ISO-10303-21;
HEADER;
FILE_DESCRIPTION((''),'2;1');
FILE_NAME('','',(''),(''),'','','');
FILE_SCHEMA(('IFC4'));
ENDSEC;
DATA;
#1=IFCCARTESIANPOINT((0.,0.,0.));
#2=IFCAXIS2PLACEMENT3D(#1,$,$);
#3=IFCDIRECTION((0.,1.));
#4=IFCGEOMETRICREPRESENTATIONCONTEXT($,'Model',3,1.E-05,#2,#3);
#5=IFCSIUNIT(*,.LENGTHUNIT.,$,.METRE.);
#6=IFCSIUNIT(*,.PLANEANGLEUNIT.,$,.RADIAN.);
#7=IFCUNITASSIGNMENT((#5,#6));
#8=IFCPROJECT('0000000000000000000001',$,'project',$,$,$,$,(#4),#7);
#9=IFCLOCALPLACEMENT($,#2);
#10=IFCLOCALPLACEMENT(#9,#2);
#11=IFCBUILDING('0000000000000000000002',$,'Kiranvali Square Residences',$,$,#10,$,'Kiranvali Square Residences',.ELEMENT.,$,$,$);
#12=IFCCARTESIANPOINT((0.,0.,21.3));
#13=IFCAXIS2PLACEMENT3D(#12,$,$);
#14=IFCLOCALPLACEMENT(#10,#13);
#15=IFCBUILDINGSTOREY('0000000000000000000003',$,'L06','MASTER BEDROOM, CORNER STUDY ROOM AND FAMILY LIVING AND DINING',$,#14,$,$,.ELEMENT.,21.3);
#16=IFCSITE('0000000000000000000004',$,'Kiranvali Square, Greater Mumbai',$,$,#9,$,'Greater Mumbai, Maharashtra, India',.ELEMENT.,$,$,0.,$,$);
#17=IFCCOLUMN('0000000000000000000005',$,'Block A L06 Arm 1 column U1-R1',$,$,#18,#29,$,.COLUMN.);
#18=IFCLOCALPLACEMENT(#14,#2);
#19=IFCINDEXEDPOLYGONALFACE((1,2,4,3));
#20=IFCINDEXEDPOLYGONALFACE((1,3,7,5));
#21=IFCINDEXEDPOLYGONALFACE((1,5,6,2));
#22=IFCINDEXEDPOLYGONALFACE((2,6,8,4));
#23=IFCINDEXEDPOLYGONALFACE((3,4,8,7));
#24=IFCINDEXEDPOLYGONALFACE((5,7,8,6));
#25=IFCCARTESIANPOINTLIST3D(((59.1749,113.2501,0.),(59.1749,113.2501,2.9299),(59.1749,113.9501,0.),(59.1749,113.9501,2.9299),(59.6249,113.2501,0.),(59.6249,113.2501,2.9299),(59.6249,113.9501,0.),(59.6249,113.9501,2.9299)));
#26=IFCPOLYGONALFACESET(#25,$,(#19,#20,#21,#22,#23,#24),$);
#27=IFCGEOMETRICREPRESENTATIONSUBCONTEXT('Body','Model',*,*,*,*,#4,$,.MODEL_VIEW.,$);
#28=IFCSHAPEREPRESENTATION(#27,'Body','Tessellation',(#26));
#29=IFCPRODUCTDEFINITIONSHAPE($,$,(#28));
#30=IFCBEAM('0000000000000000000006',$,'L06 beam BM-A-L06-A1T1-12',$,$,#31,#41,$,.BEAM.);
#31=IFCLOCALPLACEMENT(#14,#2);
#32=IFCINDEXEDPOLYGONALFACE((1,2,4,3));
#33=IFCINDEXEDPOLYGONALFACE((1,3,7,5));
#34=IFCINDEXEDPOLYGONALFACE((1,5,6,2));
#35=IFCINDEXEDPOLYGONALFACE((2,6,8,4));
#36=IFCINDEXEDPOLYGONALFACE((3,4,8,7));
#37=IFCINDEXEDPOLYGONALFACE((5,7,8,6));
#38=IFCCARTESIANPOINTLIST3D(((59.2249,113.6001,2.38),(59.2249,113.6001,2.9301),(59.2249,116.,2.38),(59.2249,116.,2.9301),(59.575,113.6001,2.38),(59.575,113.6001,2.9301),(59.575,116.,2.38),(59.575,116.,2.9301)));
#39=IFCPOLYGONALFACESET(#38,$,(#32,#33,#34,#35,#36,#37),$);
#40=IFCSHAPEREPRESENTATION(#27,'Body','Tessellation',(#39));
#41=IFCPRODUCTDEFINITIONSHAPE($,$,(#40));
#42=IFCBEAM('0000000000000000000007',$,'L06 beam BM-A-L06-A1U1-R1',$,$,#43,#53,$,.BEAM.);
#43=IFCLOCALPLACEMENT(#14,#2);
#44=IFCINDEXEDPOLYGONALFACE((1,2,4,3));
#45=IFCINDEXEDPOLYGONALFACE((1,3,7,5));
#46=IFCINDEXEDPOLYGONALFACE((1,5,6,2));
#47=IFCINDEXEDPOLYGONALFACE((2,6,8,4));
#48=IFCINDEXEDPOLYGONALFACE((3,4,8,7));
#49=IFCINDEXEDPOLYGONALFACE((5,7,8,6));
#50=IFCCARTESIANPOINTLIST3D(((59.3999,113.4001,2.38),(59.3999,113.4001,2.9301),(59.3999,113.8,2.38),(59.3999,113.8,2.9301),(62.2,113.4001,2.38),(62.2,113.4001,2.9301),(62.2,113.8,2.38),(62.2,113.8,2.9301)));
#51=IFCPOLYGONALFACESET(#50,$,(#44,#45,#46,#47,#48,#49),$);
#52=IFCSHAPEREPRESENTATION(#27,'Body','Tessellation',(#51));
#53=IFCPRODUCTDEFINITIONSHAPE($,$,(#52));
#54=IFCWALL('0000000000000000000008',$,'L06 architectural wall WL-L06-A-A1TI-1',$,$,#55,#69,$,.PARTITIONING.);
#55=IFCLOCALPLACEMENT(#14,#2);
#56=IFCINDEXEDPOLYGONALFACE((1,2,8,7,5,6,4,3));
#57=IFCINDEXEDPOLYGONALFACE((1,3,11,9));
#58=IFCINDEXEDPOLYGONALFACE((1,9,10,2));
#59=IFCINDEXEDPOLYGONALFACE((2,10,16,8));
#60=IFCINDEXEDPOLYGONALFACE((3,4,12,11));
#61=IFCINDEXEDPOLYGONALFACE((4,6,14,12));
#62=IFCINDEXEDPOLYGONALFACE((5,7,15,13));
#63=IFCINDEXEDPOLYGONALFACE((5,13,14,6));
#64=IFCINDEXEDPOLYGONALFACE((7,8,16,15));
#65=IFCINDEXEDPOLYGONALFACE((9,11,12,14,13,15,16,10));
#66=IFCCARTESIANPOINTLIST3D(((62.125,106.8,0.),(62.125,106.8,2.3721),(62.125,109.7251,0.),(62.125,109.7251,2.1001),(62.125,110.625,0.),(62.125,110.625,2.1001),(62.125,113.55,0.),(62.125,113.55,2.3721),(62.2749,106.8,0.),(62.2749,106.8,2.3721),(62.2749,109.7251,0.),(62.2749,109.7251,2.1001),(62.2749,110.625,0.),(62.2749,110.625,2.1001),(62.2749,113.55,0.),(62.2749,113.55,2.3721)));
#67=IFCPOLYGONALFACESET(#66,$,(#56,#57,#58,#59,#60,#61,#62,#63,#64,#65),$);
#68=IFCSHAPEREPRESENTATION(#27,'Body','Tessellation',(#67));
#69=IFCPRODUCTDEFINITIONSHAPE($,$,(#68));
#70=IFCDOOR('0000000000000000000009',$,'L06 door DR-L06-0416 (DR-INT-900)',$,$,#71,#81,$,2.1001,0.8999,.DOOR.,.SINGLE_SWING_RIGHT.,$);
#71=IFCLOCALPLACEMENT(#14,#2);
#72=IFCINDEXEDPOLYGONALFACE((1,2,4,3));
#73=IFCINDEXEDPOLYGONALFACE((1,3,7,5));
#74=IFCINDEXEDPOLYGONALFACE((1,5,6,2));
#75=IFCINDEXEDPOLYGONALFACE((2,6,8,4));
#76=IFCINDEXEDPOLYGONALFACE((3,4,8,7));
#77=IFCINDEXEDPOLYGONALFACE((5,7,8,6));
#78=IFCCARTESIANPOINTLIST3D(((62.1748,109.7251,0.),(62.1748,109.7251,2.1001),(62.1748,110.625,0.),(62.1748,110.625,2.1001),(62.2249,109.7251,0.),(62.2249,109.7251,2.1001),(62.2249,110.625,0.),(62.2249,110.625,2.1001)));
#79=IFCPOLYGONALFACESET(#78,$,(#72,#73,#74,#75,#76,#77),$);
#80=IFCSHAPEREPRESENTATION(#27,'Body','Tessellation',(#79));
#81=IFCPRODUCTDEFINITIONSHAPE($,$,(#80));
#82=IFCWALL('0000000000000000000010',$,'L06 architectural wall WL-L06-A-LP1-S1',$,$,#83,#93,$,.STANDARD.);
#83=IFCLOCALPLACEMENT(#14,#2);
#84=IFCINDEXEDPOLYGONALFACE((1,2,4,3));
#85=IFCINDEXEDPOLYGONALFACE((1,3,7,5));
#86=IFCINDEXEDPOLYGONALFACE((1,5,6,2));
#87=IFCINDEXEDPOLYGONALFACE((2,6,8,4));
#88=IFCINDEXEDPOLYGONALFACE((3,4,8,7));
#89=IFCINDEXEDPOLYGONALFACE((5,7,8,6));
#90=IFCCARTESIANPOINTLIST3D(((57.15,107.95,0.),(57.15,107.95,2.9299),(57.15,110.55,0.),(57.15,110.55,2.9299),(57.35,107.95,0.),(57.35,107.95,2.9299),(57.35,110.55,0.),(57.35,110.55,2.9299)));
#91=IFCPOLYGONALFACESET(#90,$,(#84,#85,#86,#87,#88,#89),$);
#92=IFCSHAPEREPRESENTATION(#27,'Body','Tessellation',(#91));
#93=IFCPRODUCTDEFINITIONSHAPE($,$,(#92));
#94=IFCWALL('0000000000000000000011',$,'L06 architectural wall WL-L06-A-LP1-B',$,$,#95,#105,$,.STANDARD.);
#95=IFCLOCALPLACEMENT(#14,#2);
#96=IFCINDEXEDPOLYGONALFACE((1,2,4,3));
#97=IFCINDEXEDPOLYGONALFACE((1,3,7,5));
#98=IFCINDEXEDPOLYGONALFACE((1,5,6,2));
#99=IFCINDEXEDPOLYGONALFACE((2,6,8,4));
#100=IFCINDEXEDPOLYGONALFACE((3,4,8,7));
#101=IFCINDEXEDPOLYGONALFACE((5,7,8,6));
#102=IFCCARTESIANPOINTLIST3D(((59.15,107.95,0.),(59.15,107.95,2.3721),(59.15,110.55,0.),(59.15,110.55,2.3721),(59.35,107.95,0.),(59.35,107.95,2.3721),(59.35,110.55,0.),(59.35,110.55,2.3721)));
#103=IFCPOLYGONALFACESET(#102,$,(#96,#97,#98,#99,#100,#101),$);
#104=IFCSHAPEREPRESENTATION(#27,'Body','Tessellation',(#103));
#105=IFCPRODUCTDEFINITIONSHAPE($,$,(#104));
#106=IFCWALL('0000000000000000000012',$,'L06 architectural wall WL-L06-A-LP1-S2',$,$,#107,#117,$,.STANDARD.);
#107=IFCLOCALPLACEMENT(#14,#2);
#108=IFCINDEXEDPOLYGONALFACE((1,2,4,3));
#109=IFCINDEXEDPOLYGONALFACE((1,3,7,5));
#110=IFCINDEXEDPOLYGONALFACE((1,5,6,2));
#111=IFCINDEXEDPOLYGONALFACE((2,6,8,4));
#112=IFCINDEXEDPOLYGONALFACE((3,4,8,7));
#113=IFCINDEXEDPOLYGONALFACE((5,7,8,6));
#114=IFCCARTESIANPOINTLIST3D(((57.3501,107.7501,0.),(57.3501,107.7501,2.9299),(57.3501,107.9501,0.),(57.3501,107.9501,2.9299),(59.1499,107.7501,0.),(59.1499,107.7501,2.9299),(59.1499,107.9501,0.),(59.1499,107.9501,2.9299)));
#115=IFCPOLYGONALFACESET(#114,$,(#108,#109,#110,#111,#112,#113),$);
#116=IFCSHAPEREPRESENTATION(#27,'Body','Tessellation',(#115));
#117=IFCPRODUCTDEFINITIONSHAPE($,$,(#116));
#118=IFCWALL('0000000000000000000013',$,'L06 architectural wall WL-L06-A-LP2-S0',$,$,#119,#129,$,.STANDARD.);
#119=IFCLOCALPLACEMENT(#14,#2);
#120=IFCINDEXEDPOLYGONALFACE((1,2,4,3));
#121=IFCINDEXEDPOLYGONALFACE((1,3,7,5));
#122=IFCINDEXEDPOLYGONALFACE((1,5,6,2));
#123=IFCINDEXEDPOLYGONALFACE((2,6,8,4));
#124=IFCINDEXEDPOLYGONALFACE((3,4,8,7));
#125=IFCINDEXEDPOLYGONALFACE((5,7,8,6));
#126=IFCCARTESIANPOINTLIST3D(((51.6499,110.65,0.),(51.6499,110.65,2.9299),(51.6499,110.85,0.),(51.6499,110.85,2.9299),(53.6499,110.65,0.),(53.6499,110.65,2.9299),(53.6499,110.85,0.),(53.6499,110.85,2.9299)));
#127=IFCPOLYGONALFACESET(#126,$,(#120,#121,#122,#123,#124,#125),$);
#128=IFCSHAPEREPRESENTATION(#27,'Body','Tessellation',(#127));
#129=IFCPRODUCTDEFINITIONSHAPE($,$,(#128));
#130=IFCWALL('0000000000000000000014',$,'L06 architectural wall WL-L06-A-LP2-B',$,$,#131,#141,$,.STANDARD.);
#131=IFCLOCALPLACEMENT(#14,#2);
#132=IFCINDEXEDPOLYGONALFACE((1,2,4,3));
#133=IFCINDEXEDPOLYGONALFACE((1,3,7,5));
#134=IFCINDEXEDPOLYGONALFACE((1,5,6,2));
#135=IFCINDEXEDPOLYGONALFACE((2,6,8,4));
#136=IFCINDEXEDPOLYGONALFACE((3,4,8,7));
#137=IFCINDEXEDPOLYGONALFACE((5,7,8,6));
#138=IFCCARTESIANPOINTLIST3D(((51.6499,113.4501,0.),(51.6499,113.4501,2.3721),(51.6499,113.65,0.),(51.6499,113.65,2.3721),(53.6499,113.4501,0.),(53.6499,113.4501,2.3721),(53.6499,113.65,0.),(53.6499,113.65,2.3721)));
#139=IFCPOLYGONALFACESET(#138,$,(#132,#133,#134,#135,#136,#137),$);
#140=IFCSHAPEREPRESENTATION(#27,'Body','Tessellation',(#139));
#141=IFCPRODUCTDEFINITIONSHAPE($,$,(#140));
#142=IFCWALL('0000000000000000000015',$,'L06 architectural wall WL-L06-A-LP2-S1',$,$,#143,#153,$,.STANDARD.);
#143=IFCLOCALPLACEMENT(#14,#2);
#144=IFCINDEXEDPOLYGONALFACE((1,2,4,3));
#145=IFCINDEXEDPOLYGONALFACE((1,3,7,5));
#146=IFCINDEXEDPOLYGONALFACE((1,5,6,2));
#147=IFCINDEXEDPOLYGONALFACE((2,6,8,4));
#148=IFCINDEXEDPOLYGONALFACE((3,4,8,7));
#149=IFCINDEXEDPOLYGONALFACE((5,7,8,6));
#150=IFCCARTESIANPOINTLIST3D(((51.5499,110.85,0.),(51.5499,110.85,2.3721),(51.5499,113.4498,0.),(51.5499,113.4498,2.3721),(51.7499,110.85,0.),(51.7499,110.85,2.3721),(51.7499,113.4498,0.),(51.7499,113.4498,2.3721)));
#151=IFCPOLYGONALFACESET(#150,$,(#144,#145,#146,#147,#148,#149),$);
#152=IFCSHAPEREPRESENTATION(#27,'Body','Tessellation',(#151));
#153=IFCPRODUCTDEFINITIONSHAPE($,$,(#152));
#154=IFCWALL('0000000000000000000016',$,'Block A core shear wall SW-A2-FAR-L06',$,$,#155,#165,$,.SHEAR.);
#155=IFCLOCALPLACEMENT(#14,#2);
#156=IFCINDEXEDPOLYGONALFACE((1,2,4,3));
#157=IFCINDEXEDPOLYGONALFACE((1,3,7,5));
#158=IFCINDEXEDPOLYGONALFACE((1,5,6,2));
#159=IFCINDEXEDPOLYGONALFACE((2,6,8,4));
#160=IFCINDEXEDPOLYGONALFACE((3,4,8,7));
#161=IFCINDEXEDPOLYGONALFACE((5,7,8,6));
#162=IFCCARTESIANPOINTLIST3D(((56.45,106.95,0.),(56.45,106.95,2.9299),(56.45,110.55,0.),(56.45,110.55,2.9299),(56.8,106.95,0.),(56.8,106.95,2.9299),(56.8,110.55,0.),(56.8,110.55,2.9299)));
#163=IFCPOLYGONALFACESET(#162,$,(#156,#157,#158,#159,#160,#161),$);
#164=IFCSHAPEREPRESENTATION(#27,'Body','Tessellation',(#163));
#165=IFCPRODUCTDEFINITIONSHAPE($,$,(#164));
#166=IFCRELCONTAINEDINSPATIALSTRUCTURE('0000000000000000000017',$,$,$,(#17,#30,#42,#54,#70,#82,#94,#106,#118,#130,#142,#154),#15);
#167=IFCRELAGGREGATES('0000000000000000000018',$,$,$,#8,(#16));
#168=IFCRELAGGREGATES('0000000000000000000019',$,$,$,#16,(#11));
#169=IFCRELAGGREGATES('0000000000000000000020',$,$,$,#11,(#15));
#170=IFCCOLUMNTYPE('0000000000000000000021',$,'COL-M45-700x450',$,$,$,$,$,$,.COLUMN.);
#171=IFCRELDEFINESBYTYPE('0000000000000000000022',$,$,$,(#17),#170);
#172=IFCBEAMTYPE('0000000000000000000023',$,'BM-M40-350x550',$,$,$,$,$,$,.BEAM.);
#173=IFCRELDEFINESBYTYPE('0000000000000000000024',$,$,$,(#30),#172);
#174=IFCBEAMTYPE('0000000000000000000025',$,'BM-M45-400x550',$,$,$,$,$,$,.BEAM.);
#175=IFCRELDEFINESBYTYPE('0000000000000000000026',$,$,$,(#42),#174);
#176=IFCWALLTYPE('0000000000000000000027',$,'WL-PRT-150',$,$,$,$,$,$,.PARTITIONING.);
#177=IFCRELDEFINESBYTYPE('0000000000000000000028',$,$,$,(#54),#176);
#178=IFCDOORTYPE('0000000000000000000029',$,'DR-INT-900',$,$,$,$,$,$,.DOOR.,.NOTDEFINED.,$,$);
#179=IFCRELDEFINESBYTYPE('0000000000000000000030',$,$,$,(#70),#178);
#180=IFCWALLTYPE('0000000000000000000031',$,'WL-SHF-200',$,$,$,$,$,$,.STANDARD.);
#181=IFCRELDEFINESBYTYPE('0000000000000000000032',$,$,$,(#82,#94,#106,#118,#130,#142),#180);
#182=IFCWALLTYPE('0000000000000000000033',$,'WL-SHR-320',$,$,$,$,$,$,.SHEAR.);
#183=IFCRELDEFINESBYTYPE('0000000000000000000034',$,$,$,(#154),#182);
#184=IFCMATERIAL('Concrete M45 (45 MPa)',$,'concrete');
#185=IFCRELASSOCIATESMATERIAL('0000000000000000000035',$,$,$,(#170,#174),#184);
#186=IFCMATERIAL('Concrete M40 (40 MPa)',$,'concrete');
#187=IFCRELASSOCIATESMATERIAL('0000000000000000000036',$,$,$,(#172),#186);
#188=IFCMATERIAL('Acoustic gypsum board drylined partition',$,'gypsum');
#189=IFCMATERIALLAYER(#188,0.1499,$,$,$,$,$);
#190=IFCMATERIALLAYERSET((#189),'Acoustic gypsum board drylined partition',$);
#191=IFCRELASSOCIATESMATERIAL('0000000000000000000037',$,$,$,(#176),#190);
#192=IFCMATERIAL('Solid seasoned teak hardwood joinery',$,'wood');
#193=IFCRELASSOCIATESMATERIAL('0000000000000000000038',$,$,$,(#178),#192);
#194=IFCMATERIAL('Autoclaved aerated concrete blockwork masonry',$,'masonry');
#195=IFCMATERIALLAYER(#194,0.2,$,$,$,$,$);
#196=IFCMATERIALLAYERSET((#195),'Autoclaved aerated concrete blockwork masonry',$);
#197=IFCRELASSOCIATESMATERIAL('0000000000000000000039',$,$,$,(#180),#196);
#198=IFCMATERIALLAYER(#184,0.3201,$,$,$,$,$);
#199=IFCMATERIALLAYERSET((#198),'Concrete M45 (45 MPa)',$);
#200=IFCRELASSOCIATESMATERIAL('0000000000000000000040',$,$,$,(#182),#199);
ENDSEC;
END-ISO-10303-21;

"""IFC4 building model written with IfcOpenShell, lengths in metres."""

from ifc_helpers import new_model, si_unit, direction, frame, frame_2d, origin, origin_2d, place, context, subcontext, project, spatial, rectangle, extrude, material, layer, layer_set, material_profile, profile_set, type_object, element, fill, save


model = new_model("IFC4")

# Units and contexts
model_context = context("Model", 3, precision=1e-05, world=origin(), true_north=direction((0.0, 1.0)))
body_context = subcontext(model_context, "Body", "Model", "MODEL_VIEW")
ifc_project = project(units=[si_unit("LENGTHUNIT", "METRE"), si_unit("PLANEANGLEUNIT", "RADIAN")], contexts=[model_context])

# Site, building, storey
site_placement = place(None, origin())
site = spatial("IfcSite", under=ifc_project, at=site_placement, Name="Kiranvali Square, Greater Mumbai", LongName="Greater Mumbai, Maharashtra, India", CompositionType="ELEMENT", RefElevation=0.0)
building_placement = place(site_placement, origin())
building = spatial("IfcBuilding", under=site, at=building_placement, Name="Kiranvali Square Residences", LongName="Kiranvali Square Residences", CompositionType="ELEMENT")
storey_placement = place(building_placement, frame((0.0, 0.0, 21.3)))
storey = spatial("IfcBuildingStorey", under=building, at=storey_placement, Name="L06", Description="MASTER BEDROOM, CORNER STUDY ROOM AND FAMILY LIVING AND DINING", CompositionType="ELEMENT", Elevation=21.3)

# Column
ifc_material_1 = material(Name="Concrete M45 (45 MPa)", Category="concrete")
ifc_material_profile_1 = material_profile(ifc_material_1, rectangle(XDim=0.45, YDim=0.7, at=origin_2d()), Name="RC 700x450")
ifc_profile_set_1 = profile_set([ifc_material_profile_1], Name="Concrete M45 (45 MPa)")
column_type = type_object("IfcColumnType", Name="COL-M45-700x450", PredefinedType="COLUMN", material=ifc_profile_set_1)
column_placement = place(storey_placement, frame((59.3999, 113.6001, 0.0), z_axis=(0.0, 0.0, 1.0), x_axis=(1.0, 0.0, 0.0)))
element("IfcColumn", 1, at=column_placement, inside=storey, type_object=column_type, Name="Block A L06 Arm 1 column U1-R1", PredefinedType="COLUMN", context=body_context, shape_type="SweptSolid", body=[
    extrude(rectangle(XDim=0.45, YDim=0.7, at=origin_2d()), origin(), (0.0, 0.0, 1.0), 2.9299),
])

# Beams
ifc_material_2 = material(Name="Concrete M40 (40 MPa)", Category="concrete")
ifc_material_profile_2 = material_profile(ifc_material_2, rectangle(XDim=0.3501, YDim=0.55, at=origin_2d()), Name="RC 350x550")
ifc_profile_set_2 = profile_set([ifc_material_profile_2], Name="Concrete M40 (40 MPa)")
beam_type_1 = type_object("IfcBeamType", Name="BM-M40-350x550", PredefinedType="BEAM", material=ifc_profile_set_2)
beam_1_placement = place(storey_placement, frame((59.3999, 113.6001, 2.655), z_axis=(0.0, 1.0, 0.0), x_axis=(-1.0, 0.0, 0.0)))
element("IfcBeam", 2, at=beam_1_placement, inside=storey, type_object=beam_type_1, Name="L06 beam BM-A-L06-A1T1-12", PredefinedType="BEAM", context=body_context, shape_type="SweptSolid", body=[
    extrude(rectangle(XDim=0.3501, YDim=0.55, at=origin_2d()), origin(), (0.0, 0.0, 1.0), 2.3999),
])
ifc_material_profile_3 = material_profile(ifc_material_1, rectangle(XDim=0.3999, YDim=0.55, at=origin_2d()), Name="RC 400x550")
ifc_profile_set_3 = profile_set([ifc_material_profile_3], Name="Concrete M45 (45 MPa)")
beam_type_2 = type_object("IfcBeamType", Name="BM-M45-400x550", PredefinedType="BEAM", material=ifc_profile_set_3)
beam_2_placement = place(storey_placement, frame((59.3999, 113.6001, 2.655), z_axis=(1.0, 0.0, 0.0), x_axis=(0.0, 1.0, 0.0)))
element("IfcBeam", 3, at=beam_2_placement, inside=storey, type_object=beam_type_2, Name="L06 beam BM-A-L06-A1U1-R1", PredefinedType="BEAM", context=body_context, shape_type="SweptSolid", body=[
    extrude(rectangle(XDim=0.3999, YDim=0.55, at=origin_2d()), origin(), (0.0, 0.0, 1.0), 2.8),
])

# Wall, opening, door
ifc_material_3 = material(Name="Autoclaved aerated concrete blockwork masonry", Category="masonry")
ifc_material_4 = material(Name="Acoustic gypsum board drylined partition", Category="gypsum")
ifc_layer_1 = layer(ifc_material_4, 0.1499)
ifc_layer_set_1 = layer_set([ifc_layer_1], Name="Acoustic gypsum board drylined partition")
wall_type_1 = type_object("IfcWallType", Name="WL-PRT-150", PredefinedType="PARTITIONING", material=ifc_layer_set_1)
wall_1_placement = place(storey_placement, frame((62.2, 106.8, 0.0), z_axis=(0.0, 0.0, 1.0), x_axis=(0.0, 1.0, 0.0)))
wall_1 = element("IfcWall", 4, at=wall_1_placement, inside=storey, type_object=wall_type_1, Name="L06 architectural wall WL-L06-A-A1TI-1", PredefinedType="PARTITIONING", context=body_context, shape_type="SweptSolid", body=[
    extrude(rectangle(XDim=6.75, YDim=0.1499, at=frame_2d((3.375, 0.0))), origin(), (0.0, 0.0, 1.0), 2.3721),
])
opening_1_placement = place(wall_1_placement, frame((2.925, 0.0, 0.0)))
opening_1 = element("IfcOpeningElement", 5, at=opening_1_placement, cuts=wall_1, PredefinedType="OPENING", context=body_context, shape_type="SweptSolid", body=[
    extrude(rectangle(XDim=0.8999, YDim=2.1001, at=frame_2d((0.45, 1.05))), frame((0.0, 0.085, 0.0), z_axis=(0.0, -1.0, 0.0), x_axis=(1.0, 0.0, 0.0)), (0.0, 0.0, 1.0), 0.1699),
])
ifc_material_5 = material(Name="Solid seasoned teak hardwood joinery", Category="wood")
door_type_1 = type_object("IfcDoorType", Name="DR-INT-900", OperationType="NOTDEFINED", PredefinedType="DOOR", material=ifc_material_5)
door_1_placement = place(opening_1_placement, frame((0.8999, 0.0, 0.0), z_axis=(0.0, 0.0, 1.0), x_axis=(-1.0, 0.0, 0.0)))
door_1 = element("IfcDoor", 6, at=door_1_placement, inside=storey, type_object=door_type_1, Name="L06 door DR-L06-0416 (DR-INT-900)", OperationType="SINGLE_SWING_RIGHT", OverallHeight=2.1001, OverallWidth=0.8999, PredefinedType="DOOR", context=body_context, shape_type="SweptSolid", body=[
    extrude(rectangle(XDim=0.8999, YDim=2.1001, at=frame_2d((0.45, 1.05))), frame((0.0, 0.0249, 0.0), z_axis=(0.0, -1.0, 0.0), x_axis=(1.0, 0.0, 0.0)), (0.0, 0.0, 1.0), 0.05),
])
fill(opening_1, door_1)

# Walls
ifc_layer_2 = layer(ifc_material_3, 0.2)
ifc_layer_set_2 = layer_set([ifc_layer_2], Name="Autoclaved aerated concrete blockwork masonry")
wall_type_2 = type_object("IfcWallType", Name="WL-SHF-200", PredefinedType="STANDARD", material=ifc_layer_set_2)
wall_2_placement = place(storey_placement, frame((57.25, 107.95, 0.0), z_axis=(0.0, 0.0, 1.0), x_axis=(0.0, 1.0, 0.0)))
element("IfcWall", 7, at=wall_2_placement, inside=storey, type_object=wall_type_2, Name="L06 architectural wall WL-L06-A-LP1-S1", PredefinedType="STANDARD", context=body_context, shape_type="SweptSolid", body=[
    extrude(rectangle(XDim=2.6001, YDim=0.2, at=frame_2d((1.3, 0.0))), origin(), (0.0, 0.0, 1.0), 2.9299),
])
wall_3_placement = place(storey_placement, frame((59.25, 107.95, 0.0), z_axis=(0.0, 0.0, 1.0), x_axis=(0.0, 1.0, 0.0)))
element("IfcWall", 8, at=wall_3_placement, inside=storey, type_object=wall_type_2, Name="L06 architectural wall WL-L06-A-LP1-B", PredefinedType="STANDARD", context=body_context, shape_type="SweptSolid", body=[
    extrude(rectangle(XDim=2.6001, YDim=0.2, at=frame_2d((1.3, 0.0))), origin(), (0.0, 0.0, 1.0), 2.3721),
])
wall_4_placement = place(storey_placement, frame((57.3501, 107.8501, 0.0), z_axis=(0.0, 0.0, 1.0), x_axis=(1.0, 0.0, 0.0)))
element("IfcWall", 9, at=wall_4_placement, inside=storey, type_object=wall_type_2, Name="L06 architectural wall WL-L06-A-LP1-S2", PredefinedType="STANDARD", context=body_context, shape_type="SweptSolid", body=[
    extrude(rectangle(XDim=1.7998, YDim=0.2, at=frame_2d((0.8999, 0.0))), origin(), (0.0, 0.0, 1.0), 2.9299),
])

# Walls
wall_5_placement = place(storey_placement, frame((51.6499, 110.75, 0.0), z_axis=(0.0, 0.0, 1.0), x_axis=(1.0, 0.0, 0.0)))
element("IfcWall", 10, at=wall_5_placement, inside=storey, type_object=wall_type_2, Name="L06 architectural wall WL-L06-A-LP2-S0", PredefinedType="STANDARD", context=body_context, shape_type="SweptSolid", body=[
    extrude(rectangle(XDim=2.0, YDim=0.2, at=frame_2d((1.0, 0.0))), origin(), (0.0, 0.0, 1.0), 2.9299),
])
wall_6_placement = place(storey_placement, frame((51.6499, 113.55, 0.0), z_axis=(0.0, 0.0, 1.0), x_axis=(1.0, 0.0, 0.0)))
element("IfcWall", 11, at=wall_6_placement, inside=storey, type_object=wall_type_2, Name="L06 architectural wall WL-L06-A-LP2-B", PredefinedType="STANDARD", context=body_context, shape_type="SweptSolid", body=[
    extrude(rectangle(XDim=2.0, YDim=0.2, at=frame_2d((1.0, 0.0))), origin(), (0.0, 0.0, 1.0), 2.3721),
])
wall_7_placement = place(storey_placement, frame((51.6499, 110.8501, 0.0), z_axis=(0.0, 0.0, 1.0), x_axis=(0.0, 1.0, 0.0)))
element("IfcWall", 12, at=wall_7_placement, inside=storey, type_object=wall_type_2, Name="L06 architectural wall WL-L06-A-LP2-S1", PredefinedType="STANDARD", context=body_context, shape_type="SweptSolid", body=[
    extrude(rectangle(XDim=2.5999, YDim=0.2, at=frame_2d((1.2998, 0.0))), origin(), (0.0, 0.0, 1.0), 2.3721),
])

# Wall
ifc_layer_3 = layer(ifc_material_1, 0.3201)
ifc_layer_set_3 = layer_set([ifc_layer_3], Name="Concrete M45 (45 MPa)")
wall_type_3 = type_object("IfcWallType", Name="WL-SHR-320", PredefinedType="SHEAR", material=ifc_layer_set_3)
wall_8_placement = place(storey_placement, frame((56.625, 106.95, 0.0), z_axis=(0.0, 0.0, 1.0), x_axis=(0.0, 1.0, 0.0)))
element("IfcWall", 13, at=wall_8_placement, inside=storey, type_object=wall_type_3, Name="Block A core shear wall SW-A2-FAR-L06", PredefinedType="SHEAR", context=body_context, shape_type="SweptSolid", body=[
    extrude(rectangle(XDim=3.6001, YDim=0.3501, at=frame_2d((1.8, 0.0))), origin(), (0.0, 0.0, 1.0), 2.9299),
])

save(model, "model.ifc")
